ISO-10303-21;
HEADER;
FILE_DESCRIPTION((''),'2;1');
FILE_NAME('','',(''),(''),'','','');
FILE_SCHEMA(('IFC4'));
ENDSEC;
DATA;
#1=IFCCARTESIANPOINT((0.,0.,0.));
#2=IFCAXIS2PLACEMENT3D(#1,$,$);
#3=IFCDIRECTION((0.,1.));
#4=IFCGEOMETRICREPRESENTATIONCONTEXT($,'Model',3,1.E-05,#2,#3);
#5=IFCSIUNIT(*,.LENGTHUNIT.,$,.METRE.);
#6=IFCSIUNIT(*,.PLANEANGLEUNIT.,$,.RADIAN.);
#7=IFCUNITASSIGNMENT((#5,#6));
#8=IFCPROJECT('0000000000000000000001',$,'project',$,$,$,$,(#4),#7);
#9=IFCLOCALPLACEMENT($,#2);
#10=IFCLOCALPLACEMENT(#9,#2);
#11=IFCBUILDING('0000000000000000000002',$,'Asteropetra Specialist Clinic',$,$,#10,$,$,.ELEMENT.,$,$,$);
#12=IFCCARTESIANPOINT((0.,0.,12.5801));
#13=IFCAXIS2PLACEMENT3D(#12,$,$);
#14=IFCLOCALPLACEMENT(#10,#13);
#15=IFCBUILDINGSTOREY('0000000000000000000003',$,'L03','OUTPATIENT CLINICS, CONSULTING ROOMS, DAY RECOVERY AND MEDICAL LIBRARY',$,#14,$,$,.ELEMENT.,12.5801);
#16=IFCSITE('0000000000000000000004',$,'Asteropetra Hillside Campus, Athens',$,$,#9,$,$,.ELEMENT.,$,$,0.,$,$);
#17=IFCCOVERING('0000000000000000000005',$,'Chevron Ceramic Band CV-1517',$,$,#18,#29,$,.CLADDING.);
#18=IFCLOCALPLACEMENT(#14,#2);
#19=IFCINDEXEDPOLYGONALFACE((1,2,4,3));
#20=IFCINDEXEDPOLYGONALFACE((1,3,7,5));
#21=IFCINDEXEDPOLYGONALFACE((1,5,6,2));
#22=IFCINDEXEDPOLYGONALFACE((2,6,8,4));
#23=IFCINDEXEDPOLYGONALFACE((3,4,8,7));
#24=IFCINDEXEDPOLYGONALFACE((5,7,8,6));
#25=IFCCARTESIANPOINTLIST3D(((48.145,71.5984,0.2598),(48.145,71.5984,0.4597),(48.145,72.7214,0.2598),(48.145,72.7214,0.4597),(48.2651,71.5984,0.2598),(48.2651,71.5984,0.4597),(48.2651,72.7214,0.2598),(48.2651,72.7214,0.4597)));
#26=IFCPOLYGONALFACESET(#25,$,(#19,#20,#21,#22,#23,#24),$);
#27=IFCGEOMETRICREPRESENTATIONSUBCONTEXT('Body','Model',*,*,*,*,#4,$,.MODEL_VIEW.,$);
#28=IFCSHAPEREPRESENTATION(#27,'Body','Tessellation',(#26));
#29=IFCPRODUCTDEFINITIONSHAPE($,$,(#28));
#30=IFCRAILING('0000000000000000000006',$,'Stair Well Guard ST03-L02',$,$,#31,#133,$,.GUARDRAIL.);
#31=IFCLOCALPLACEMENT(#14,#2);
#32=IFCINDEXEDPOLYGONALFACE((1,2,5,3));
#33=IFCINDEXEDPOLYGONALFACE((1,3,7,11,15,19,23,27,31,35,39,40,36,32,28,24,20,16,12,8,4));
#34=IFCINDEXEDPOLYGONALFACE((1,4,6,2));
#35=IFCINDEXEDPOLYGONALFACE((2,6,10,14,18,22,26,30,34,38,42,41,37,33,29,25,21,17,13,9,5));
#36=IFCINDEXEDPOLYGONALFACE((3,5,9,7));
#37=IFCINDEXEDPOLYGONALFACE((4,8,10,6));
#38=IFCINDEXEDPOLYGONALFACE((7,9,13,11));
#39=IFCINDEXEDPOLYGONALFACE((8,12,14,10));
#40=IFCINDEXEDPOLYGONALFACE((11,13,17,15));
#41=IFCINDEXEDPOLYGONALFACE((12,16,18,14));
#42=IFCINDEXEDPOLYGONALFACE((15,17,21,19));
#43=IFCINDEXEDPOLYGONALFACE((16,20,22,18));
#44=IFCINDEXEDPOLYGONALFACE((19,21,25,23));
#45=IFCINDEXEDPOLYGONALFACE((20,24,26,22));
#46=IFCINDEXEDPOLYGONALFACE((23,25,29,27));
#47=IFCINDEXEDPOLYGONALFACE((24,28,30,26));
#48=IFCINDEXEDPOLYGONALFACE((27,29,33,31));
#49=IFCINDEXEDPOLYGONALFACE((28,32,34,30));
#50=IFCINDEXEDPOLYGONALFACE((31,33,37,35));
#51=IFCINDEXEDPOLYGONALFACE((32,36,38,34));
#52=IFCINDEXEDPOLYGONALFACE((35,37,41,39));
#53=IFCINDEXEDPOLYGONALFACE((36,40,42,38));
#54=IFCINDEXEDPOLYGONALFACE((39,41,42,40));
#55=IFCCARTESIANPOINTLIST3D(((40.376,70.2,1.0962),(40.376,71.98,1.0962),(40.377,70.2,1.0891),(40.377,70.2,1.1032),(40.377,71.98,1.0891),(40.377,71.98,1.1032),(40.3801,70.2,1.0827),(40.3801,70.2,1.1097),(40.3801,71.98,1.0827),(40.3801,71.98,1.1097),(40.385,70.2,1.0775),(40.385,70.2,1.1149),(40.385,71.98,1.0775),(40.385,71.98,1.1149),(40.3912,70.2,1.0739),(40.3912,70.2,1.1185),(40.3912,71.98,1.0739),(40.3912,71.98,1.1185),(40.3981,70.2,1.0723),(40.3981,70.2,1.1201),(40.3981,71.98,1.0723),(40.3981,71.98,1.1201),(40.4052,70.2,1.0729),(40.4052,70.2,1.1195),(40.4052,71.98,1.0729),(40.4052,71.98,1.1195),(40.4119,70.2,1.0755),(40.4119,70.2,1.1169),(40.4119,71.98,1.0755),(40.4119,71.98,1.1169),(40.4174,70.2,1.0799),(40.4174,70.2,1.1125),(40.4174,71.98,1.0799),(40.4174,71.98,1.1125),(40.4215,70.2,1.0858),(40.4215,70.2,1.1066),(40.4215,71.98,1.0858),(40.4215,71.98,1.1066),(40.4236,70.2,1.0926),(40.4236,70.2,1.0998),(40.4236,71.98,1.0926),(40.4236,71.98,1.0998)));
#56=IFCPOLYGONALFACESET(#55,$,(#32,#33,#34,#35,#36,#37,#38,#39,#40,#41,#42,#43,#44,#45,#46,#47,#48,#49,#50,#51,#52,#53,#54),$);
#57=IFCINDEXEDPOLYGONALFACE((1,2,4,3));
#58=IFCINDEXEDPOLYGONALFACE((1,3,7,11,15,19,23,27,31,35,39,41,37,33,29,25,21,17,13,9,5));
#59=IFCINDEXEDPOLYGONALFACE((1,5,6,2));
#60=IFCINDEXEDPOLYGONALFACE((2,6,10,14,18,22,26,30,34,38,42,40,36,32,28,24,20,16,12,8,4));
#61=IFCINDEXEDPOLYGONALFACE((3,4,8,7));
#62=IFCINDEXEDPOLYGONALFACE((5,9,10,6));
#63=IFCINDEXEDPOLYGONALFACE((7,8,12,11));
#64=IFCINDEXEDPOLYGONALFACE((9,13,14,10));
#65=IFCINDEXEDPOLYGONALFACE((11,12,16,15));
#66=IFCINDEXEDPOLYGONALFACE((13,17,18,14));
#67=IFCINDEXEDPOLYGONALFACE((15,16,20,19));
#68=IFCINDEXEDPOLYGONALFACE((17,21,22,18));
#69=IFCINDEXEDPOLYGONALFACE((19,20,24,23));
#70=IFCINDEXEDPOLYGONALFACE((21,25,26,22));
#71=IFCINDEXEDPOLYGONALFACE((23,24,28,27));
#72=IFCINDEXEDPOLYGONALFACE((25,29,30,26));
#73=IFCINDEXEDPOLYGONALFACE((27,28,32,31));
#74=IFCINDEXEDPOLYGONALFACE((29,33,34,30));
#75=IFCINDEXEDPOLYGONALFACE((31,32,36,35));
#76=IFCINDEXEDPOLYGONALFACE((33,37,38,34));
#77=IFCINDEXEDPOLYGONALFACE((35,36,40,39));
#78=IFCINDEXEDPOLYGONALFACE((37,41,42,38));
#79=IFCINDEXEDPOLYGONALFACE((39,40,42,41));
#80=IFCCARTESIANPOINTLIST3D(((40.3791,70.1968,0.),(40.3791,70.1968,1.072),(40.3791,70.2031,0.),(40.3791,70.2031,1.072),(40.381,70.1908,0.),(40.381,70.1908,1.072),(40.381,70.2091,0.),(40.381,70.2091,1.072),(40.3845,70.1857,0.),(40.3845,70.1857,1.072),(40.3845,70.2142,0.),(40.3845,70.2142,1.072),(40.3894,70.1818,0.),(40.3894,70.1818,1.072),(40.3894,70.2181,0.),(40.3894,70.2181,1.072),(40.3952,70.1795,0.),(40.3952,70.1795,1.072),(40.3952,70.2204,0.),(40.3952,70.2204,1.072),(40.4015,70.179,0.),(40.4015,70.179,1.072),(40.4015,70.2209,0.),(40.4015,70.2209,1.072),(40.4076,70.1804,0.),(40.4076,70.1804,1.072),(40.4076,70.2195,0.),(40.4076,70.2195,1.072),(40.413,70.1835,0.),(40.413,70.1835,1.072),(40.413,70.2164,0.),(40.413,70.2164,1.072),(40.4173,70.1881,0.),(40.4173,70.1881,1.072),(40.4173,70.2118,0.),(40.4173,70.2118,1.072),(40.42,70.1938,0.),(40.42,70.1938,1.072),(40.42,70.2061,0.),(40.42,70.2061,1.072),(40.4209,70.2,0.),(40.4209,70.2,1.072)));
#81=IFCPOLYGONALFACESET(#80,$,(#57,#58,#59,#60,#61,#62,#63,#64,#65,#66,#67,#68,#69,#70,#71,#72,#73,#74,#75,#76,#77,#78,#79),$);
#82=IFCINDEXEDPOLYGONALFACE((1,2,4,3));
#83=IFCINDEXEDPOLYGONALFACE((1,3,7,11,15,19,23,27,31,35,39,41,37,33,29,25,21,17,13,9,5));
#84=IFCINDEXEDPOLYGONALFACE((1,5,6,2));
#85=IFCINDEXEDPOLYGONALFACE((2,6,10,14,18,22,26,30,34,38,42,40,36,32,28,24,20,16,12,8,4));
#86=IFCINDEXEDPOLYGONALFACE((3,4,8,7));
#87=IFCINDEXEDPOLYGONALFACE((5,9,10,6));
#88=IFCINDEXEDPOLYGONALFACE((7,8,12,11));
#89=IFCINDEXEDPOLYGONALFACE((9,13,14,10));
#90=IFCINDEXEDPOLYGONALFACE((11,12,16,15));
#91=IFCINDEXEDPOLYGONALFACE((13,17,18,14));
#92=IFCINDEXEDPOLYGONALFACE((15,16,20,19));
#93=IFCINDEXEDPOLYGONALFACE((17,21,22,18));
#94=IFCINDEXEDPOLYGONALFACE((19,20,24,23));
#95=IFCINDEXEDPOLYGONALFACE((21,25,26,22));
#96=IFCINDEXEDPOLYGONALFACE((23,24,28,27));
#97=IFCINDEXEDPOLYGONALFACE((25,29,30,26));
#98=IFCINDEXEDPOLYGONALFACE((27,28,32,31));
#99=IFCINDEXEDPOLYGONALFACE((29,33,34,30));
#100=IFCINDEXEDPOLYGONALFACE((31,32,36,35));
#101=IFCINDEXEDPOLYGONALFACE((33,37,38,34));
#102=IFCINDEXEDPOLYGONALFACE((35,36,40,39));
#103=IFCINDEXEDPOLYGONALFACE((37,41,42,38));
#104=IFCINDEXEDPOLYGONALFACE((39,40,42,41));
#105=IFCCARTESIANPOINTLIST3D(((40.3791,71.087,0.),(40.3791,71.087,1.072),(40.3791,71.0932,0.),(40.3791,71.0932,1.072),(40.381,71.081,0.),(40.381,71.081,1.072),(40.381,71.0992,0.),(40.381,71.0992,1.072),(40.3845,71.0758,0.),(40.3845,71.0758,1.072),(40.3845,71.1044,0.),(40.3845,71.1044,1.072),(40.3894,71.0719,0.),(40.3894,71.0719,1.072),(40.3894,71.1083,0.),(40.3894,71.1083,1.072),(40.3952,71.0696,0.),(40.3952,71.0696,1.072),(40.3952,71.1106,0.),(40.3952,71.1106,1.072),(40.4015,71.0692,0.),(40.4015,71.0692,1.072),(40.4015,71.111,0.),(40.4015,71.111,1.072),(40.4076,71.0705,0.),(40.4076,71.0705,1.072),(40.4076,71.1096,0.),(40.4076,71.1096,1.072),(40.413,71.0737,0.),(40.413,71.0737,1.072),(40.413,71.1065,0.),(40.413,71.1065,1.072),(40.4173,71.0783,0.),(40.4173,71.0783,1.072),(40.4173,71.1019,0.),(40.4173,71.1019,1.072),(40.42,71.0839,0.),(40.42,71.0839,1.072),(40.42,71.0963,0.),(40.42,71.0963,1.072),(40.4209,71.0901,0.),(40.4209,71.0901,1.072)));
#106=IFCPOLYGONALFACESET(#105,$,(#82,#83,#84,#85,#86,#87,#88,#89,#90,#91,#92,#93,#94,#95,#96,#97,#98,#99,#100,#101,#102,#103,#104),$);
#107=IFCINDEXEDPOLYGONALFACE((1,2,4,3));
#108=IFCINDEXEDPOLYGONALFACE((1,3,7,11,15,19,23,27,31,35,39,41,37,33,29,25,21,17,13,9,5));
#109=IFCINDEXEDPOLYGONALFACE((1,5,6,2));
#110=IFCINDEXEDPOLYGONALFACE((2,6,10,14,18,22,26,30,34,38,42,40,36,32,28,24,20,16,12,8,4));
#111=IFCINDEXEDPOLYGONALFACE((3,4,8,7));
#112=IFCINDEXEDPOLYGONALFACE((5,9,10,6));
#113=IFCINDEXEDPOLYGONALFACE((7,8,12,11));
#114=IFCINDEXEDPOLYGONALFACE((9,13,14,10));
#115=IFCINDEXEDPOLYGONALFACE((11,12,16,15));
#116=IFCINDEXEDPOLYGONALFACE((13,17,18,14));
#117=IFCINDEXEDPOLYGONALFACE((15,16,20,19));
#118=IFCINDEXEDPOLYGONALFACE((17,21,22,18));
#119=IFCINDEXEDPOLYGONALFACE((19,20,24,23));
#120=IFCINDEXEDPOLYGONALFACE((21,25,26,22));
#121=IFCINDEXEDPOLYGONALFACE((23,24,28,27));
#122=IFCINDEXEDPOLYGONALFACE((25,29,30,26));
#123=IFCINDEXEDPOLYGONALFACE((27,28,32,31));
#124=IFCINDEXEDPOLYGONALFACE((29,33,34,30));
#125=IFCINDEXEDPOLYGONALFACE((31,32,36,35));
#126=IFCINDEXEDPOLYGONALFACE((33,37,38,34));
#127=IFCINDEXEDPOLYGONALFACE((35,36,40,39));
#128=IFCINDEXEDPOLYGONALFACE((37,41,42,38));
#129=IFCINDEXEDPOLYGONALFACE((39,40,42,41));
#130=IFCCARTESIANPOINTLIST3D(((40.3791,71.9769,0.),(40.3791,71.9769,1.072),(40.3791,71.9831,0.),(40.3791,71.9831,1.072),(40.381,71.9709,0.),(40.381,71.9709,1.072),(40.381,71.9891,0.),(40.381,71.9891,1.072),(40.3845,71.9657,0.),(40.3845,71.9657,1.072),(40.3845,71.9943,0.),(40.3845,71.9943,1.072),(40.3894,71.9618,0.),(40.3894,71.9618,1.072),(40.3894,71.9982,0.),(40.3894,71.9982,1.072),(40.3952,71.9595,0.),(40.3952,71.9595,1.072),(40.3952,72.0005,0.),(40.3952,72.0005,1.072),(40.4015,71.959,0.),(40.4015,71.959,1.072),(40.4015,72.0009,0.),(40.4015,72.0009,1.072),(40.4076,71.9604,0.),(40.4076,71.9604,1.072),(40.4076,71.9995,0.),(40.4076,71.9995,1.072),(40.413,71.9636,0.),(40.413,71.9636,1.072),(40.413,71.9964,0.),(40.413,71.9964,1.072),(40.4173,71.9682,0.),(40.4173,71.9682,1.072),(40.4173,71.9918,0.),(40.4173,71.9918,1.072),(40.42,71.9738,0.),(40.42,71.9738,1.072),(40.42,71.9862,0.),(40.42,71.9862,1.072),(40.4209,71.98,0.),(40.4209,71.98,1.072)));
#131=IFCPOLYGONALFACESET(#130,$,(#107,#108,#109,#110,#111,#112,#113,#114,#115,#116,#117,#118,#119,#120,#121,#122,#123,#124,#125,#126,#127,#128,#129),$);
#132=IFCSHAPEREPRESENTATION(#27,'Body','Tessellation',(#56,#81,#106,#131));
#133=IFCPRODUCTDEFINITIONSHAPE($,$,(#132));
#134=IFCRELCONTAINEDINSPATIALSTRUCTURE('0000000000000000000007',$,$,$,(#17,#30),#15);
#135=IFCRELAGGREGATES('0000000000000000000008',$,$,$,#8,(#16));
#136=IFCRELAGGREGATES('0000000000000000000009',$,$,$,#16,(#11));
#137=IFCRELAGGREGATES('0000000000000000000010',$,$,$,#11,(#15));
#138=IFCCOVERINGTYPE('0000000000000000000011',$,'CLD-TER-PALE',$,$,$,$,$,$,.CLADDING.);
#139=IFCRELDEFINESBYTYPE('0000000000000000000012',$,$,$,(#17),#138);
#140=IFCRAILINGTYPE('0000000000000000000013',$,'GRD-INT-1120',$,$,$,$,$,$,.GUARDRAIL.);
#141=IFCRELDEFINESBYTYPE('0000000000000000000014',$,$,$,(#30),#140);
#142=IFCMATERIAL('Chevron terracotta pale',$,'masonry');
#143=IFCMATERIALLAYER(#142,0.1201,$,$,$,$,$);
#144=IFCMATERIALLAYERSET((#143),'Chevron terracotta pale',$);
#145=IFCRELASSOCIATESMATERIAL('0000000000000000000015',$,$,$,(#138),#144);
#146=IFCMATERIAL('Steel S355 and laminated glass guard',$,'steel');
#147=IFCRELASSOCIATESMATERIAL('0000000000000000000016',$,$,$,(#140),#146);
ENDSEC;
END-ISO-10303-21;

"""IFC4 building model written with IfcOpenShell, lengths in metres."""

from ifc_helpers import new_model, si_unit, direction, frame, origin, origin_2d, place, context, subcontext, project, spatial, rectangle, circle, extrude, material, layer, layer_set, type_object, element, save


model = new_model("IFC4")

# Units and contexts
model_context = context("Model", 3, precision=1e-05, world=origin(), true_north=direction((0.0, 1.0)))
body_context = subcontext(model_context, "Body", "Model", "MODEL_VIEW")
ifc_project = project(units=[si_unit("LENGTHUNIT", "METRE"), si_unit("PLANEANGLEUNIT", "RADIAN")], contexts=[model_context])

# Site, building, storey
site_placement = place(None, origin())
site = spatial("IfcSite", under=ifc_project, at=site_placement, Name="Asteropetra Hillside Campus, Athens", CompositionType="ELEMENT", RefElevation=0.0)
building_placement = place(site_placement, origin())
building = spatial("IfcBuilding", under=site, at=building_placement, Name="Asteropetra Specialist Clinic", CompositionType="ELEMENT")
storey_placement = place(building_placement, frame((0.0, 0.0, 12.5801)))
storey = spatial("IfcBuildingStorey", under=building, at=storey_placement, Name="L03", Description="OUTPATIENT CLINICS, CONSULTING ROOMS, DAY RECOVERY AND MEDICAL LIBRARY", CompositionType="ELEMENT", Elevation=12.5801)

# Covering
ifc_material_1 = material(Name="Chevron terracotta pale", Category="masonry")
ifc_layer_1 = layer(ifc_material_1, 0.1201)
ifc_layer_set_1 = layer_set([ifc_layer_1], Name="Chevron terracotta pale")
covering_type = type_object("IfcCoveringType", Name="CLD-TER-PALE", PredefinedType="CLADDING", material=ifc_layer_set_1)
for number, where, z_axis, x_axis, name in (
    (1, (48.2051, 72.1599, 0.2598), (0.0, 0.0, 1.0), (1.0, 0.0, 0.0), "Chevron Ceramic Band CV-1517"),
):
    element("IfcCovering", number, at=place(storey_placement, frame(where, z_axis=z_axis, x_axis=x_axis)), inside=storey, type_object=covering_type, Name=name, PredefinedType="CLADDING", context=body_context, shape_type="SweptSolid", body=[
        extrude(rectangle(XDim=0.1201, YDim=1.123, at=origin_2d()), origin(), (0.0, 0.0, 1.0), 0.2),
    ])

# Railing
ifc_material_2 = material(Name="Steel S355 and laminated glass guard", Category="steel")
railing_type = type_object("IfcRailingType", Name="GRD-INT-1120", PredefinedType="GUARDRAIL", material=ifc_material_2)
railing_placement = place(storey_placement, frame((40.3999, 70.2, 0.0)))
element("IfcRailing", 2, at=railing_placement, inside=storey, type_object=railing_type, Name="Stair Well Guard ST03-L02", PredefinedType="GUARDRAIL", context=body_context, shape_type="SweptSolid", body=[
    extrude(circle(Radius=0.0239, at=origin_2d()), frame((0.0, 0.0, 1.0962), z_axis=(0.0, 1.0, 0.0), x_axis=(-1.0, 0.0, 0.0)), (0.0, 0.0, 1.0), 1.78),
    extrude(circle(Radius=0.021, at=origin_2d()), origin(), (0.0, 0.0, 1.0), 1.072),
    extrude(circle(Radius=0.021, at=origin_2d()), frame((0.0, 0.8901, 0.0)), (0.0, 0.0, 1.0), 1.072),
    extrude(circle(Radius=0.021, at=origin_2d()), frame((0.0, 1.78, 0.0)), (0.0, 0.0, 1.0), 1.072),
])

save(model, "model.ifc")
